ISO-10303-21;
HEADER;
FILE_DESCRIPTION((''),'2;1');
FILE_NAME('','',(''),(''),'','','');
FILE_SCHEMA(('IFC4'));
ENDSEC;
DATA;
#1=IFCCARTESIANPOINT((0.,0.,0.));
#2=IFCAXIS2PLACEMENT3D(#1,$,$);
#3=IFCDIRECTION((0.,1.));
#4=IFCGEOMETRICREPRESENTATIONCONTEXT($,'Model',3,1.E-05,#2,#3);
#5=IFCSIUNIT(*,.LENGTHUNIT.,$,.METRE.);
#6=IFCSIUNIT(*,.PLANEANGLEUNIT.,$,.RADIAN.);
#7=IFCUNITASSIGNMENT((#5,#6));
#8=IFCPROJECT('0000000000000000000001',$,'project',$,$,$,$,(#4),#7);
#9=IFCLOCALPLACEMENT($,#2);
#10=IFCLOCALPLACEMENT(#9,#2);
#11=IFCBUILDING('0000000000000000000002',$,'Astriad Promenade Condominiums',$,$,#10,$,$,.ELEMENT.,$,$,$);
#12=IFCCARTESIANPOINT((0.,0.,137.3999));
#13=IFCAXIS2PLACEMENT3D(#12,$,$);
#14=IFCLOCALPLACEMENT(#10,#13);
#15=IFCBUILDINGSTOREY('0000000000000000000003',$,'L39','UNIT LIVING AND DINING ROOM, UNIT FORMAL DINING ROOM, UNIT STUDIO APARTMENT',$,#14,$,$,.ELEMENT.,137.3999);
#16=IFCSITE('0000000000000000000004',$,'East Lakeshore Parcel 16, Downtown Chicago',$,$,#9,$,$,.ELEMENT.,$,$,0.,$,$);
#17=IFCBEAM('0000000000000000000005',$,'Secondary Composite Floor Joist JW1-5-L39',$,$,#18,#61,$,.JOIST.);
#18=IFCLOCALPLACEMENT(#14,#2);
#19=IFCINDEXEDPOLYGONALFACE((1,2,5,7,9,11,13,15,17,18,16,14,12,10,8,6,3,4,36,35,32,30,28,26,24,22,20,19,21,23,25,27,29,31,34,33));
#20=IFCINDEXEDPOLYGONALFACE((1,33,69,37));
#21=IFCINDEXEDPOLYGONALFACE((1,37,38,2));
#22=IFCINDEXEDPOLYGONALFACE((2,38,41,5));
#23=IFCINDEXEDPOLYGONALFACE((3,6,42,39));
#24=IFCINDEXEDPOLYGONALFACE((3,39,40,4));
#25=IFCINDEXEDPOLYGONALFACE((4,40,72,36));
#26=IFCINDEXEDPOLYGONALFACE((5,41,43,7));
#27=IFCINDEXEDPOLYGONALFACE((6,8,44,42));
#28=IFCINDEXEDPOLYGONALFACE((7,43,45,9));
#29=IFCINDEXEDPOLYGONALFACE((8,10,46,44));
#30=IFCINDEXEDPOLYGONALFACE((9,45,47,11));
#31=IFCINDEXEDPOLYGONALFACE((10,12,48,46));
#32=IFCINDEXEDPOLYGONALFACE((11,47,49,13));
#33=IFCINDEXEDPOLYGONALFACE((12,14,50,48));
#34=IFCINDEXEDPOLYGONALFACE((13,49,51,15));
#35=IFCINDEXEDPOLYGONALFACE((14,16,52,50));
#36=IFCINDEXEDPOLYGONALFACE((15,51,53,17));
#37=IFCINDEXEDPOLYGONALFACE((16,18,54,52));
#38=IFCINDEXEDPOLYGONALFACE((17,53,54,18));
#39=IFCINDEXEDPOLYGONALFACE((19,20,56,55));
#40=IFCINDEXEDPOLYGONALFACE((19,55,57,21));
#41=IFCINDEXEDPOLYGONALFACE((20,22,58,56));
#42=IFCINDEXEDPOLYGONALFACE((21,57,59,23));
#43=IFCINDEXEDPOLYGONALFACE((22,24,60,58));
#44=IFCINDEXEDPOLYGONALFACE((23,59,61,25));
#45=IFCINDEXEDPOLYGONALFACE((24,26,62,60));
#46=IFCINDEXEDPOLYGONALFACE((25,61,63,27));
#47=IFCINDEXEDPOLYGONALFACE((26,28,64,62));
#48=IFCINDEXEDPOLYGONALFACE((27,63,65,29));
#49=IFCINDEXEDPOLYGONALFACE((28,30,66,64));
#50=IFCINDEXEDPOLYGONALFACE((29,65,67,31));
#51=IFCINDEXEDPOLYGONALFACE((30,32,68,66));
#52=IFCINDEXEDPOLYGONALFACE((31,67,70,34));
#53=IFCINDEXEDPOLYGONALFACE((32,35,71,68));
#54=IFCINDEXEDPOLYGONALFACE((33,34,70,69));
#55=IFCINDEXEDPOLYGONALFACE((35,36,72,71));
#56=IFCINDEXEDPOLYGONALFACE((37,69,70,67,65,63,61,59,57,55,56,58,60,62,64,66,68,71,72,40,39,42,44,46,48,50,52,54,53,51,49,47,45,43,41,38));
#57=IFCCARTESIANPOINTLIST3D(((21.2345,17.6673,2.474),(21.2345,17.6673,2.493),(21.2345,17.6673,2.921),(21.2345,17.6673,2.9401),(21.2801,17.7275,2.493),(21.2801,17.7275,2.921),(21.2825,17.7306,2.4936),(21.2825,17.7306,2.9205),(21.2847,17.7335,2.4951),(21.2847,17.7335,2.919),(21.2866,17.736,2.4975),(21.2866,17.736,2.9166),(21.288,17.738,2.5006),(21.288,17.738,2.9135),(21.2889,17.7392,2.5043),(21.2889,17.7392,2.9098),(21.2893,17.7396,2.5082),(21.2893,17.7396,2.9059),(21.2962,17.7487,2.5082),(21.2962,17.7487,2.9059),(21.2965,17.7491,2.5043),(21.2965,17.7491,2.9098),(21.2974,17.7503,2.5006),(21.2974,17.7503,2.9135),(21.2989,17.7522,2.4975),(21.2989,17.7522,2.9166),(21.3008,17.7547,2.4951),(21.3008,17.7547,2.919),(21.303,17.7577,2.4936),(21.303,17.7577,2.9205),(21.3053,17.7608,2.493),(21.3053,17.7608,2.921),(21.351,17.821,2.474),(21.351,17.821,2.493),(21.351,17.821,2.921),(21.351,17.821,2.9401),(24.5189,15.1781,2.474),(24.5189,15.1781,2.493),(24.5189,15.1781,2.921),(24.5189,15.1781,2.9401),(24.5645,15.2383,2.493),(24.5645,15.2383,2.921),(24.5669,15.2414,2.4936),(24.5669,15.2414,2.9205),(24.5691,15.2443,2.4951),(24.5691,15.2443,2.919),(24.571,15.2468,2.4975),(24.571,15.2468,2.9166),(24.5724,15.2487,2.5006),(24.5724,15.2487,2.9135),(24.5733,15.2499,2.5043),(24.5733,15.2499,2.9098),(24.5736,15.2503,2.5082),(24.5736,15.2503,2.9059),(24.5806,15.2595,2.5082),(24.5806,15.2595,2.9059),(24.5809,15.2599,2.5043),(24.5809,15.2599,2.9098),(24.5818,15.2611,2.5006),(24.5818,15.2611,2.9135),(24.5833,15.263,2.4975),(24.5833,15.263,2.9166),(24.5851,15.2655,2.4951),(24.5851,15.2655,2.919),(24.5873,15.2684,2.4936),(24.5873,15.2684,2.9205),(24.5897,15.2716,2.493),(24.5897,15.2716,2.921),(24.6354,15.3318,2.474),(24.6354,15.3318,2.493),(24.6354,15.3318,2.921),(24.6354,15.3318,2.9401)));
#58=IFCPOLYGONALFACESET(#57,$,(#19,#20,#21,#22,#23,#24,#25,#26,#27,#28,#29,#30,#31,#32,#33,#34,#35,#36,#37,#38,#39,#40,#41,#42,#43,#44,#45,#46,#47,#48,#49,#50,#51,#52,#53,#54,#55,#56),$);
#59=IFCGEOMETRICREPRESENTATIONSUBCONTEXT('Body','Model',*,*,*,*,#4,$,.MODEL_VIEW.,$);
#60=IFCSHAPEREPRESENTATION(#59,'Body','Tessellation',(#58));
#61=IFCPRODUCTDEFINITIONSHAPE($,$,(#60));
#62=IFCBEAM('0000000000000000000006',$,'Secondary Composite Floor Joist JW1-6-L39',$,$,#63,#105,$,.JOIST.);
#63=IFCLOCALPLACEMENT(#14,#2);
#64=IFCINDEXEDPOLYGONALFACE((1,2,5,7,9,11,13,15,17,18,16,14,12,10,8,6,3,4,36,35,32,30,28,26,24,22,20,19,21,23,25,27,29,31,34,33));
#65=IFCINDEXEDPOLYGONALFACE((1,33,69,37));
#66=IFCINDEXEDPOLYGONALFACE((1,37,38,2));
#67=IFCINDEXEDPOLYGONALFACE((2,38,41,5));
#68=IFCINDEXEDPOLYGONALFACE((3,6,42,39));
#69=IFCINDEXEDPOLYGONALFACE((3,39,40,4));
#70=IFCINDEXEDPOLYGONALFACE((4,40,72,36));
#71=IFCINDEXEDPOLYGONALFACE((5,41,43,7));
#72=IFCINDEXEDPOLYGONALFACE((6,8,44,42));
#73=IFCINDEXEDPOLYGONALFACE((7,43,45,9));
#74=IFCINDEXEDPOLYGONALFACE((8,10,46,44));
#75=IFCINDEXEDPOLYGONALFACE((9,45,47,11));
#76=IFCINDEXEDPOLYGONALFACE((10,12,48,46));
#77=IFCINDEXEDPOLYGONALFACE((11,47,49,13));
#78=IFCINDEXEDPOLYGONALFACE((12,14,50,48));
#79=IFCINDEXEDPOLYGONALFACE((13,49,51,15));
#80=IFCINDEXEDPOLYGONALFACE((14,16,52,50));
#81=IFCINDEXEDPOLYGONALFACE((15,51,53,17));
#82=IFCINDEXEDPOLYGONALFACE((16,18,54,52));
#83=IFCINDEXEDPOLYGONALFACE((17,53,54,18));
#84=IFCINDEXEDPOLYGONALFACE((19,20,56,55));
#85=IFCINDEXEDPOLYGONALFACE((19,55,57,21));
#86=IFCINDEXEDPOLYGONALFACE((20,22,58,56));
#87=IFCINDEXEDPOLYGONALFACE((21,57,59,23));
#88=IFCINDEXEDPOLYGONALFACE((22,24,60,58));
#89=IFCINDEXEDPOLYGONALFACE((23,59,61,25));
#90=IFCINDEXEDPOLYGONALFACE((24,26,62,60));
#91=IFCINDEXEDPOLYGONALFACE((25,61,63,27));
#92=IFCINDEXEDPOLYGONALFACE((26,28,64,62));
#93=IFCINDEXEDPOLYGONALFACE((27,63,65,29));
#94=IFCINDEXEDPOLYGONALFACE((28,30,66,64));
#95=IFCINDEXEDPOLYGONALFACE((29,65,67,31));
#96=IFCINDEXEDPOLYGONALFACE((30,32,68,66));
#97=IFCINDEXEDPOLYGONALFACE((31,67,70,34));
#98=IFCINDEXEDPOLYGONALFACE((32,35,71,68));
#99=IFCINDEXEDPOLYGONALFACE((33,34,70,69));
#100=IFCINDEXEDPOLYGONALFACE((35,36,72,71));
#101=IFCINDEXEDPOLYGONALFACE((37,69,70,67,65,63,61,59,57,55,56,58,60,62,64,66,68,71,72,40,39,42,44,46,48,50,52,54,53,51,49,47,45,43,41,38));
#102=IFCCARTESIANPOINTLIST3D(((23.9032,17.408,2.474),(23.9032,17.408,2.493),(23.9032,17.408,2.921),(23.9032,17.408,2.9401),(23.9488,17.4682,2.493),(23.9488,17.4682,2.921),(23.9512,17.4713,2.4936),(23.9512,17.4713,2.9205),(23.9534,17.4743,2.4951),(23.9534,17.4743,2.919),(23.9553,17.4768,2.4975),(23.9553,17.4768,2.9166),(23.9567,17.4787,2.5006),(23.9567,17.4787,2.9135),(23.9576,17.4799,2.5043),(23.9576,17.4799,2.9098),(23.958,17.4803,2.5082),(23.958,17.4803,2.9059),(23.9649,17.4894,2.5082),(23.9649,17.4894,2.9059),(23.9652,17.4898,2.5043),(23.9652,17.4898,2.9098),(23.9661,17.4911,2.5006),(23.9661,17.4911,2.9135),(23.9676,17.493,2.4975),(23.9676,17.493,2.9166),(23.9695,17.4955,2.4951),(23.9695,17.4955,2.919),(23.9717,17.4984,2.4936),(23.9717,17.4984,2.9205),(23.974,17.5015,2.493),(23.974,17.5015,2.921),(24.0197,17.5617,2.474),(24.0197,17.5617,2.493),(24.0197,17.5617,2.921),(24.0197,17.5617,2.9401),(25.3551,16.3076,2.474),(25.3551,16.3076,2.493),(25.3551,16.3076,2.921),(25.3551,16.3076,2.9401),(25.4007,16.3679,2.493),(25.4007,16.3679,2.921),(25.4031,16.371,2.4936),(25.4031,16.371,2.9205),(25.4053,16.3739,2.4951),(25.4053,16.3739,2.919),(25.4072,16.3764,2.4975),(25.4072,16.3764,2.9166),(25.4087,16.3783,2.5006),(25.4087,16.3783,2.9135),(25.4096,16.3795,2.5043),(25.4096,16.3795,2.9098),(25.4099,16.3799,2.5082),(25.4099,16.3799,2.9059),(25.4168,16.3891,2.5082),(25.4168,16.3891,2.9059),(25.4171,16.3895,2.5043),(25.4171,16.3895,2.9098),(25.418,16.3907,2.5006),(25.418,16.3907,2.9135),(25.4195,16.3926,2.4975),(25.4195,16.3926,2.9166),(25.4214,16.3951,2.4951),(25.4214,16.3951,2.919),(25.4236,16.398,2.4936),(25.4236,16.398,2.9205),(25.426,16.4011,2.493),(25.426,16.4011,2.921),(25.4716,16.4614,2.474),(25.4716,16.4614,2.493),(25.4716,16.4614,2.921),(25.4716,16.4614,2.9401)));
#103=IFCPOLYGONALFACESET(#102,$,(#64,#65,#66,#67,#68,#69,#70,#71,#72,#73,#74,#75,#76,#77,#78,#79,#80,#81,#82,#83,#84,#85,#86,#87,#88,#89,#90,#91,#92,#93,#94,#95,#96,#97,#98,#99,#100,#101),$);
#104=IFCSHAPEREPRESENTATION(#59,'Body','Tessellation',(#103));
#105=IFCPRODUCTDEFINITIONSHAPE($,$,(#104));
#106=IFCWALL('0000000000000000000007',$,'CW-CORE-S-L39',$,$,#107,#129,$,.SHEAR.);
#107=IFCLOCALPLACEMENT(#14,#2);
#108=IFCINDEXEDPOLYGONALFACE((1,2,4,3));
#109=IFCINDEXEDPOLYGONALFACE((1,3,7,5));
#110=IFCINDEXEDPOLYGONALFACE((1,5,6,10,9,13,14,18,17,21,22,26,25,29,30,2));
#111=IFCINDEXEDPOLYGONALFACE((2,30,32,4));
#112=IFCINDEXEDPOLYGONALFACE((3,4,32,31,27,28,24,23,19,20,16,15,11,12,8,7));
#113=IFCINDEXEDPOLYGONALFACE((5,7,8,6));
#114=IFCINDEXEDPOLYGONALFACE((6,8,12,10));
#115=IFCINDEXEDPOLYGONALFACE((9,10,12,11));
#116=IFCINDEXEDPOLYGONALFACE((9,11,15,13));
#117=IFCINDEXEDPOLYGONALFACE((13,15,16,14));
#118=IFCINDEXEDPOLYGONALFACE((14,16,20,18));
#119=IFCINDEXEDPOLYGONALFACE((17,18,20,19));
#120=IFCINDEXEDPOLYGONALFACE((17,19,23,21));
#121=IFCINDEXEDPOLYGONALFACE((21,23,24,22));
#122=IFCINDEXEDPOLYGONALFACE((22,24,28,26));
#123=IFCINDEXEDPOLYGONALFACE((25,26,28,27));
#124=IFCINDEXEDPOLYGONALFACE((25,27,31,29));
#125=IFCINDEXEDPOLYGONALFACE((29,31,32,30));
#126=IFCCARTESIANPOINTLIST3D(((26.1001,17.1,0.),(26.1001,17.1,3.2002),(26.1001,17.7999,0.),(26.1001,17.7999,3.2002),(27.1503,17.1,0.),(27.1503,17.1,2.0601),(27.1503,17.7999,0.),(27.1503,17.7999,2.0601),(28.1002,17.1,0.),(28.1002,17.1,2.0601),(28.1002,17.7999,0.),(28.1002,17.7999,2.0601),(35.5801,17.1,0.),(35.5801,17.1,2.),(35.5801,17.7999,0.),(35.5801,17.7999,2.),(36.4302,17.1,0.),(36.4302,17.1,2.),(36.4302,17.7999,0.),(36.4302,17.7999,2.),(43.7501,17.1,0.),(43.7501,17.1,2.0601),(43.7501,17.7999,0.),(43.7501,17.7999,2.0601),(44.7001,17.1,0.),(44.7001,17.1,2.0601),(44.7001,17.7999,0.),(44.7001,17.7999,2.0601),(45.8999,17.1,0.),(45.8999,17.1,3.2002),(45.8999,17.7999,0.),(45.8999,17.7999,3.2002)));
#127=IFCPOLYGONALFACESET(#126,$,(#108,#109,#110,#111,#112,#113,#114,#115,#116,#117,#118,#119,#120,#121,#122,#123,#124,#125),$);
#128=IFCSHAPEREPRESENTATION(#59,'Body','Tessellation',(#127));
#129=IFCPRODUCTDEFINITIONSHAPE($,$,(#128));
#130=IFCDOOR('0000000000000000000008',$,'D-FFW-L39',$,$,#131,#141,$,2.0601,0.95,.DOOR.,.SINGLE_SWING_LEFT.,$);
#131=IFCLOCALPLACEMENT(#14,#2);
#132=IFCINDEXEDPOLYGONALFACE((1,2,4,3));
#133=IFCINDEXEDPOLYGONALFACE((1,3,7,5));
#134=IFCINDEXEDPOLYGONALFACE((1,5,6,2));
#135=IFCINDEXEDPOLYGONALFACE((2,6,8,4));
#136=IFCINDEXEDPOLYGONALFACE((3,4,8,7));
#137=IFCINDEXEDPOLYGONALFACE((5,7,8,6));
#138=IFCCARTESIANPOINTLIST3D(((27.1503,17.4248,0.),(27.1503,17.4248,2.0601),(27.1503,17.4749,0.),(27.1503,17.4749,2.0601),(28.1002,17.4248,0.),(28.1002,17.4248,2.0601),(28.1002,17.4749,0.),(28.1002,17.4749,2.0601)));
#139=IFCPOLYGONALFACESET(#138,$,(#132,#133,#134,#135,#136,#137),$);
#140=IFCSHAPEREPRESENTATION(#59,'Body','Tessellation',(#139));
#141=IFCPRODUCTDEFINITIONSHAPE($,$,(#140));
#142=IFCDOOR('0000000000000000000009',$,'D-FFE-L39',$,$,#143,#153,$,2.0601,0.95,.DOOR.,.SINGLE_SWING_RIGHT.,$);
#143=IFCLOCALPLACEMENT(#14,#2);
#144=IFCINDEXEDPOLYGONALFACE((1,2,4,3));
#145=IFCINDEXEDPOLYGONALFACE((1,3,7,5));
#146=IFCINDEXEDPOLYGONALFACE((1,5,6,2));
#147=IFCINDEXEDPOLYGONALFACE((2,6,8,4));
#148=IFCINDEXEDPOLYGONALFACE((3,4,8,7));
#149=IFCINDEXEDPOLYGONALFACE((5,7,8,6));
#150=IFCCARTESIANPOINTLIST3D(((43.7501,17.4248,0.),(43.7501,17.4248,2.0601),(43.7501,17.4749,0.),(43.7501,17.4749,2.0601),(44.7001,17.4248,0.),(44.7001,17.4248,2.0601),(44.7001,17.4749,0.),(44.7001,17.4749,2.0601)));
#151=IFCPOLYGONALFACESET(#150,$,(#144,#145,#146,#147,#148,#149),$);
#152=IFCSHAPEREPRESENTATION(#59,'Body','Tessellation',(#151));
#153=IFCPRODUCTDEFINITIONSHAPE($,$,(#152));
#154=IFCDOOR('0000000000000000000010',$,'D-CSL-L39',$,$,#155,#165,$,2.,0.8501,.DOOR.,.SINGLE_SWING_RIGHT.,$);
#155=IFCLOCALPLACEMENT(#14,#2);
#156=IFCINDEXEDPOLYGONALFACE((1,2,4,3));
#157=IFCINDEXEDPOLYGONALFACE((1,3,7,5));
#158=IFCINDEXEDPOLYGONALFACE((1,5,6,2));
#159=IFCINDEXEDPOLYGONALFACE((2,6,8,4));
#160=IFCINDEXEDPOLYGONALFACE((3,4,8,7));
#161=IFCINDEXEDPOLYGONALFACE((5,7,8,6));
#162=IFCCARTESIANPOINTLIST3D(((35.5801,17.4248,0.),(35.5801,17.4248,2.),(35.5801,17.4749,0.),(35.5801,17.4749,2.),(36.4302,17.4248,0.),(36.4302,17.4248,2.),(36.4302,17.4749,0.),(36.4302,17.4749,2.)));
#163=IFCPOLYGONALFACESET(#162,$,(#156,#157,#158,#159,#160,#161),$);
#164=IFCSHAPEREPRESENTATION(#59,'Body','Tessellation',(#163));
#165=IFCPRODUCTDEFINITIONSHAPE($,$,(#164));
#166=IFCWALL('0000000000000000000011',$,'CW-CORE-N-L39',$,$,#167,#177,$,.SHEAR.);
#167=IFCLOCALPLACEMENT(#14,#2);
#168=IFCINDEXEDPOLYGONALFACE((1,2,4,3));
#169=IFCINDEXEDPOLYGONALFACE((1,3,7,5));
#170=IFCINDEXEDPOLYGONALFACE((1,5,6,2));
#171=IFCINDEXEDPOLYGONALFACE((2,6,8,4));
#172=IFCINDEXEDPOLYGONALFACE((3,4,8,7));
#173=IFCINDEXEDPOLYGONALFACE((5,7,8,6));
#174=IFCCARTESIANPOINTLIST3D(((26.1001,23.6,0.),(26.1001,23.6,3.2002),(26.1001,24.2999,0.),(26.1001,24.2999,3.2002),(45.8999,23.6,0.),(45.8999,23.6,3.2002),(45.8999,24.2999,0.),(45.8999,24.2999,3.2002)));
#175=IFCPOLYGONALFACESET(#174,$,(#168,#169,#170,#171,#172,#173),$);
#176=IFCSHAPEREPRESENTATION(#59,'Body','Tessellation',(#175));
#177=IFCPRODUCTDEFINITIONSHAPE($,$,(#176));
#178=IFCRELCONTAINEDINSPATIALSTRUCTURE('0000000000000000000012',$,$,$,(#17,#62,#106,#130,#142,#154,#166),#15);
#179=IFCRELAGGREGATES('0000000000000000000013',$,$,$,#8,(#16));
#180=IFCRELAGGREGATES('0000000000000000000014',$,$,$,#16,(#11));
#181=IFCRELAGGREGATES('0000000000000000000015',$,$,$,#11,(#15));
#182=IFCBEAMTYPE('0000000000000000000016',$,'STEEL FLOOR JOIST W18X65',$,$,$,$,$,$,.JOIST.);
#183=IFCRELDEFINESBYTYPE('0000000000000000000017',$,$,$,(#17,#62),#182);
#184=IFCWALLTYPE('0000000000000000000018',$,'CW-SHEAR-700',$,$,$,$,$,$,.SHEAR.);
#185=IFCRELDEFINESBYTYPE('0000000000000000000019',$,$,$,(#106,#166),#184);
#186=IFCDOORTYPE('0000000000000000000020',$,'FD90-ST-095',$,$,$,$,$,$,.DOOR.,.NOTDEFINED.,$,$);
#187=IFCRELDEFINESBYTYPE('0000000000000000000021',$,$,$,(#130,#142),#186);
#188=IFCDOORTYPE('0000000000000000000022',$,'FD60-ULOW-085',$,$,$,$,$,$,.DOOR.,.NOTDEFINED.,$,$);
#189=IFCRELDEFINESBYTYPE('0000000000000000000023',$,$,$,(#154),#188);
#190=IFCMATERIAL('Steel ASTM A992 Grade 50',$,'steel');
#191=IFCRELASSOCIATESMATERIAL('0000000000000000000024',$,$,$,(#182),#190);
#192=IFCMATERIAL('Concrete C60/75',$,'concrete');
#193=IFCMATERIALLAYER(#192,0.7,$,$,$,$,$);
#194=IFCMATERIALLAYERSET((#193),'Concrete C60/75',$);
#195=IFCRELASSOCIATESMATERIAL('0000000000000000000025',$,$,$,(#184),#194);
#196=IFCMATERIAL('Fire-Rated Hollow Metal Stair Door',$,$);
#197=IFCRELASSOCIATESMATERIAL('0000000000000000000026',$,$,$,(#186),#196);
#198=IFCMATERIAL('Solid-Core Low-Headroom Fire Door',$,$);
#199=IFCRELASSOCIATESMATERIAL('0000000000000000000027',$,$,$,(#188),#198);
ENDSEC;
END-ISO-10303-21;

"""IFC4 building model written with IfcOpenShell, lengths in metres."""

from ifc_helpers import new_model, si_unit, direction, frame, frame_2d, origin, origin_2d, place, context, subcontext, project, spatial, rectangle, i_section, extrude, source, transform, mapped, material, layer, layer_set, material_profile, profile_set, type_object, type_shapes, element, fill, save


model = new_model("IFC4")

# Units and contexts
model_context = context("Model", 3, precision=1e-05, world=origin(), true_north=direction((0.0, 1.0)))
body_context = subcontext(model_context, "Body", "Model", "MODEL_VIEW")
ifc_project = project(units=[si_unit("LENGTHUNIT", "METRE"), si_unit("PLANEANGLEUNIT", "RADIAN")], contexts=[model_context])

# Site, building, storey
site_placement = place(None, origin())
site = spatial("IfcSite", under=ifc_project, at=site_placement, Name="East Lakeshore Parcel 16, Downtown Chicago", CompositionType="ELEMENT", RefElevation=0.0)
building_placement = place(site_placement, origin())
building = spatial("IfcBuilding", under=site, at=building_placement, Name="Astriad Promenade Condominiums", CompositionType="ELEMENT")
storey_placement = place(building_placement, frame((0.0, 0.0, 137.3999)))
storey = spatial("IfcBuildingStorey", under=building, at=storey_placement, Name="L39", Description="UNIT LIVING AND DINING ROOM, UNIT FORMAL DINING ROOM, UNIT STUDIO APARTMENT", CompositionType="ELEMENT", Elevation=137.3999)

# Shared definitions
ifc_material_1 = material(Name="Steel ASTM A992 Grade 50", Category="steel")
ifc_material_2 = material(Name="Concrete C60/75", Category="concrete")

# Beams
ifc_material_profile_1 = material_profile(ifc_material_1, i_section(OverallWidth=0.1929, OverallDepth=0.4661, WebThickness=0.0115, FlangeThickness=0.019, FilletRadius=0.0151, at=origin_2d()), Name="W18X65")
ifc_profile_set_1 = profile_set([ifc_material_profile_1], Name="Steel ASTM A992 Grade 50")
beam_type_1 = type_object("IfcBeamType", Name="STEEL FLOOR JOIST W18X65", PredefinedType="JOIST", material=ifc_profile_set_1)
shared_shape_1 = source(origin(), body_context, "Body", "SweptSolid", [
    extrude(i_section(OverallWidth=0.1929, OverallDepth=0.4661, WebThickness=0.0115, FlangeThickness=0.019, FilletRadius=0.0151, at=origin_2d()), origin(), (0.0, 0.0, 1.0), 4.1211),
])
beam_1_placement = place(storey_placement, frame((21.2927, 17.7441, 2.707), z_axis=(0.796969, -0.604021, 0.0), x_axis=(0.604021, 0.796969, 0.0)))
element("IfcBeam", 1, at=beam_1_placement, inside=storey, type_object=beam_type_1, Name="Secondary Composite Floor Joist JW1-5-L39", PredefinedType="JOIST", context=body_context, shape_type="MappedRepresentation", body=[
    mapped(shared_shape_1, transform((0.0, 0.0, 0.0), scale=1.0)),
])
shared_shape_2 = source(origin(), body_context, "Body", "SweptSolid", [
    extrude(i_section(OverallWidth=0.1929, OverallDepth=0.4661, WebThickness=0.0115, FlangeThickness=0.019, FilletRadius=0.0151, at=origin_2d()), origin(), (0.0, 0.0, 1.0), 1.8218),
])
type_shapes(beam_type_1, [shared_shape_1, shared_shape_2])
beam_2_placement = place(storey_placement, frame((23.9614, 17.4849, 2.707), z_axis=(0.796983, -0.604002, 0.0), x_axis=(0.604002, 0.796983, 0.0)))
element("IfcBeam", 2, at=beam_2_placement, inside=storey, type_object=beam_type_1, Name="Secondary Composite Floor Joist JW1-6-L39", PredefinedType="JOIST", context=body_context, shape_type="MappedRepresentation", body=[
    mapped(shared_shape_2, transform((0.0, 0.0, 0.0), scale=1.0)),
])

# Wall, openings, doors
ifc_layer_1 = layer(ifc_material_2, 0.7)
ifc_layer_set_1 = layer_set([ifc_layer_1], Name="Concrete C60/75")
wall_type_1 = type_object("IfcWallType", Name="CW-SHEAR-700", PredefinedType="SHEAR", material=ifc_layer_set_1)
wall_1_placement = place(storey_placement, frame((26.1001, 17.45, 0.0), z_axis=(0.0, 0.0, 1.0), x_axis=(1.0, 0.0, 0.0)))
wall_1 = element("IfcWall", 3, at=wall_1_placement, inside=storey, type_object=wall_type_1, Name="CW-CORE-S-L39", PredefinedType="SHEAR", context=body_context, shape_type="SweptSolid", body=[
    extrude(rectangle(XDim=19.7998, YDim=0.7, at=frame_2d((9.8999, 0.0))), origin(), (0.0, 0.0, 1.0), 3.2002),
])
opening_1_placement = place(wall_1_placement, frame((1.05, 0.0, 0.0)))
opening_1 = element("IfcOpeningElement", 4, at=opening_1_placement, cuts=wall_1, PredefinedType="OPENING", context=body_context, shape_type="SweptSolid", body=[
    extrude(rectangle(XDim=0.95, YDim=2.0601, at=frame_2d((0.4751, 1.03))), frame((0.0, 0.3599, 0.0), z_axis=(0.0, -1.0, 0.0), x_axis=(1.0, 0.0, 0.0)), (0.0, 0.0, 1.0), 0.72),
])
opening_2_placement = place(wall_1_placement, frame((9.48, 0.0, 0.0)))
opening_2 = element("IfcOpeningElement", 5, at=opening_2_placement, cuts=wall_1, PredefinedType="OPENING", context=body_context, shape_type="SweptSolid", body=[
    extrude(rectangle(XDim=0.8501, YDim=2.0, at=frame_2d((0.425, 1.0))), frame((0.0, 0.3599, 0.0), z_axis=(0.0, -1.0, 0.0), x_axis=(1.0, 0.0, 0.0)), (0.0, 0.0, 1.0), 0.72),
])
opening_3_placement = place(wall_1_placement, frame((17.6499, 0.0, 0.0)))
opening_3 = element("IfcOpeningElement", 6, at=opening_3_placement, cuts=wall_1, PredefinedType="OPENING", context=body_context, shape_type="SweptSolid", body=[
    extrude(rectangle(XDim=0.95, YDim=2.0601, at=frame_2d((0.4751, 1.03))), frame((0.0, 0.3599, 0.0), z_axis=(0.0, -1.0, 0.0), x_axis=(1.0, 0.0, 0.0)), (0.0, 0.0, 1.0), 0.72),
])
ifc_material_3 = material(Name="Fire-Rated Hollow Metal Stair Door")
door_type_1 = type_object("IfcDoorType", Name="FD90-ST-095", OperationType="NOTDEFINED", PredefinedType="DOOR", material=ifc_material_3)
shared_shape_3 = source(origin(), body_context, "Body", "SweptSolid", [
    extrude(rectangle(XDim=0.95, YDim=2.0601, at=frame_2d((0.4751, 1.03))), frame((0.0, 0.0249, 0.0), z_axis=(0.0, -1.0, 0.0), x_axis=(1.0, 0.0, 0.0)), (0.0, 0.0, 1.0), 0.05),
])
type_shapes(door_type_1, [shared_shape_3])
door_1_placement = place(opening_1_placement, origin())
door_1 = element("IfcDoor", 7, at=door_1_placement, inside=storey, type_object=door_type_1, Name="D-FFW-L39", OperationType="SINGLE_SWING_LEFT", OverallHeight=2.0601, OverallWidth=0.95, PredefinedType="DOOR", context=body_context, shape_type="MappedRepresentation", body=[
    mapped(shared_shape_3, transform((0.0, 0.0, 0.0), scale=1.0)),
])
fill(opening_1, door_1)
door_2_placement = place(opening_3_placement, origin())
door_2 = element("IfcDoor", 8, at=door_2_placement, inside=storey, type_object=door_type_1, Name="D-FFE-L39", OperationType="SINGLE_SWING_RIGHT", OverallHeight=2.0601, OverallWidth=0.95, PredefinedType="DOOR", context=body_context, shape_type="MappedRepresentation", body=[
    mapped(shared_shape_3, transform((0.0, 0.0, 0.0), scale=1.0)),
])
fill(opening_3, door_2)
ifc_material_4 = material(Name="Solid-Core Low-Headroom Fire Door")
door_type_2 = type_object("IfcDoorType", Name="FD60-ULOW-085", OperationType="NOTDEFINED", PredefinedType="DOOR", material=ifc_material_4)
shared_shape_4 = source(origin(), body_context, "Body", "SweptSolid", [
    extrude(rectangle(XDim=0.8501, YDim=2.0, at=frame_2d((0.425, 1.0))), frame((0.0, 0.0249, 0.0), z_axis=(0.0, -1.0, 0.0), x_axis=(1.0, 0.0, 0.0)), (0.0, 0.0, 1.0), 0.05),
])
type_shapes(door_type_2, [shared_shape_4])
door_3_placement = place(opening_2_placement, origin())
door_3 = element("IfcDoor", 9, at=door_3_placement, inside=storey, type_object=door_type_2, Name="D-CSL-L39", OperationType="SINGLE_SWING_RIGHT", OverallHeight=2.0, OverallWidth=0.8501, PredefinedType="DOOR", context=body_context, shape_type="MappedRepresentation", body=[
    mapped(shared_shape_4, transform((0.0, 0.0, 0.0), scale=1.0)),
])
fill(opening_2, door_3)

# Wall
wall_2_placement = place(storey_placement, frame((26.1001, 23.95, 0.0), z_axis=(0.0, 0.0, 1.0), x_axis=(1.0, 0.0, 0.0)))
element("IfcWall", 10, at=wall_2_placement, inside=storey, type_object=wall_type_1, Name="CW-CORE-N-L39", PredefinedType="SHEAR", context=body_context, shape_type="SweptSolid", body=[
    extrude(rectangle(XDim=19.7998, YDim=0.7, at=frame_2d((9.8999, 0.0))), origin(), (0.0, 0.0, 1.0), 3.2002),
])

save(model, "model.ifc")
